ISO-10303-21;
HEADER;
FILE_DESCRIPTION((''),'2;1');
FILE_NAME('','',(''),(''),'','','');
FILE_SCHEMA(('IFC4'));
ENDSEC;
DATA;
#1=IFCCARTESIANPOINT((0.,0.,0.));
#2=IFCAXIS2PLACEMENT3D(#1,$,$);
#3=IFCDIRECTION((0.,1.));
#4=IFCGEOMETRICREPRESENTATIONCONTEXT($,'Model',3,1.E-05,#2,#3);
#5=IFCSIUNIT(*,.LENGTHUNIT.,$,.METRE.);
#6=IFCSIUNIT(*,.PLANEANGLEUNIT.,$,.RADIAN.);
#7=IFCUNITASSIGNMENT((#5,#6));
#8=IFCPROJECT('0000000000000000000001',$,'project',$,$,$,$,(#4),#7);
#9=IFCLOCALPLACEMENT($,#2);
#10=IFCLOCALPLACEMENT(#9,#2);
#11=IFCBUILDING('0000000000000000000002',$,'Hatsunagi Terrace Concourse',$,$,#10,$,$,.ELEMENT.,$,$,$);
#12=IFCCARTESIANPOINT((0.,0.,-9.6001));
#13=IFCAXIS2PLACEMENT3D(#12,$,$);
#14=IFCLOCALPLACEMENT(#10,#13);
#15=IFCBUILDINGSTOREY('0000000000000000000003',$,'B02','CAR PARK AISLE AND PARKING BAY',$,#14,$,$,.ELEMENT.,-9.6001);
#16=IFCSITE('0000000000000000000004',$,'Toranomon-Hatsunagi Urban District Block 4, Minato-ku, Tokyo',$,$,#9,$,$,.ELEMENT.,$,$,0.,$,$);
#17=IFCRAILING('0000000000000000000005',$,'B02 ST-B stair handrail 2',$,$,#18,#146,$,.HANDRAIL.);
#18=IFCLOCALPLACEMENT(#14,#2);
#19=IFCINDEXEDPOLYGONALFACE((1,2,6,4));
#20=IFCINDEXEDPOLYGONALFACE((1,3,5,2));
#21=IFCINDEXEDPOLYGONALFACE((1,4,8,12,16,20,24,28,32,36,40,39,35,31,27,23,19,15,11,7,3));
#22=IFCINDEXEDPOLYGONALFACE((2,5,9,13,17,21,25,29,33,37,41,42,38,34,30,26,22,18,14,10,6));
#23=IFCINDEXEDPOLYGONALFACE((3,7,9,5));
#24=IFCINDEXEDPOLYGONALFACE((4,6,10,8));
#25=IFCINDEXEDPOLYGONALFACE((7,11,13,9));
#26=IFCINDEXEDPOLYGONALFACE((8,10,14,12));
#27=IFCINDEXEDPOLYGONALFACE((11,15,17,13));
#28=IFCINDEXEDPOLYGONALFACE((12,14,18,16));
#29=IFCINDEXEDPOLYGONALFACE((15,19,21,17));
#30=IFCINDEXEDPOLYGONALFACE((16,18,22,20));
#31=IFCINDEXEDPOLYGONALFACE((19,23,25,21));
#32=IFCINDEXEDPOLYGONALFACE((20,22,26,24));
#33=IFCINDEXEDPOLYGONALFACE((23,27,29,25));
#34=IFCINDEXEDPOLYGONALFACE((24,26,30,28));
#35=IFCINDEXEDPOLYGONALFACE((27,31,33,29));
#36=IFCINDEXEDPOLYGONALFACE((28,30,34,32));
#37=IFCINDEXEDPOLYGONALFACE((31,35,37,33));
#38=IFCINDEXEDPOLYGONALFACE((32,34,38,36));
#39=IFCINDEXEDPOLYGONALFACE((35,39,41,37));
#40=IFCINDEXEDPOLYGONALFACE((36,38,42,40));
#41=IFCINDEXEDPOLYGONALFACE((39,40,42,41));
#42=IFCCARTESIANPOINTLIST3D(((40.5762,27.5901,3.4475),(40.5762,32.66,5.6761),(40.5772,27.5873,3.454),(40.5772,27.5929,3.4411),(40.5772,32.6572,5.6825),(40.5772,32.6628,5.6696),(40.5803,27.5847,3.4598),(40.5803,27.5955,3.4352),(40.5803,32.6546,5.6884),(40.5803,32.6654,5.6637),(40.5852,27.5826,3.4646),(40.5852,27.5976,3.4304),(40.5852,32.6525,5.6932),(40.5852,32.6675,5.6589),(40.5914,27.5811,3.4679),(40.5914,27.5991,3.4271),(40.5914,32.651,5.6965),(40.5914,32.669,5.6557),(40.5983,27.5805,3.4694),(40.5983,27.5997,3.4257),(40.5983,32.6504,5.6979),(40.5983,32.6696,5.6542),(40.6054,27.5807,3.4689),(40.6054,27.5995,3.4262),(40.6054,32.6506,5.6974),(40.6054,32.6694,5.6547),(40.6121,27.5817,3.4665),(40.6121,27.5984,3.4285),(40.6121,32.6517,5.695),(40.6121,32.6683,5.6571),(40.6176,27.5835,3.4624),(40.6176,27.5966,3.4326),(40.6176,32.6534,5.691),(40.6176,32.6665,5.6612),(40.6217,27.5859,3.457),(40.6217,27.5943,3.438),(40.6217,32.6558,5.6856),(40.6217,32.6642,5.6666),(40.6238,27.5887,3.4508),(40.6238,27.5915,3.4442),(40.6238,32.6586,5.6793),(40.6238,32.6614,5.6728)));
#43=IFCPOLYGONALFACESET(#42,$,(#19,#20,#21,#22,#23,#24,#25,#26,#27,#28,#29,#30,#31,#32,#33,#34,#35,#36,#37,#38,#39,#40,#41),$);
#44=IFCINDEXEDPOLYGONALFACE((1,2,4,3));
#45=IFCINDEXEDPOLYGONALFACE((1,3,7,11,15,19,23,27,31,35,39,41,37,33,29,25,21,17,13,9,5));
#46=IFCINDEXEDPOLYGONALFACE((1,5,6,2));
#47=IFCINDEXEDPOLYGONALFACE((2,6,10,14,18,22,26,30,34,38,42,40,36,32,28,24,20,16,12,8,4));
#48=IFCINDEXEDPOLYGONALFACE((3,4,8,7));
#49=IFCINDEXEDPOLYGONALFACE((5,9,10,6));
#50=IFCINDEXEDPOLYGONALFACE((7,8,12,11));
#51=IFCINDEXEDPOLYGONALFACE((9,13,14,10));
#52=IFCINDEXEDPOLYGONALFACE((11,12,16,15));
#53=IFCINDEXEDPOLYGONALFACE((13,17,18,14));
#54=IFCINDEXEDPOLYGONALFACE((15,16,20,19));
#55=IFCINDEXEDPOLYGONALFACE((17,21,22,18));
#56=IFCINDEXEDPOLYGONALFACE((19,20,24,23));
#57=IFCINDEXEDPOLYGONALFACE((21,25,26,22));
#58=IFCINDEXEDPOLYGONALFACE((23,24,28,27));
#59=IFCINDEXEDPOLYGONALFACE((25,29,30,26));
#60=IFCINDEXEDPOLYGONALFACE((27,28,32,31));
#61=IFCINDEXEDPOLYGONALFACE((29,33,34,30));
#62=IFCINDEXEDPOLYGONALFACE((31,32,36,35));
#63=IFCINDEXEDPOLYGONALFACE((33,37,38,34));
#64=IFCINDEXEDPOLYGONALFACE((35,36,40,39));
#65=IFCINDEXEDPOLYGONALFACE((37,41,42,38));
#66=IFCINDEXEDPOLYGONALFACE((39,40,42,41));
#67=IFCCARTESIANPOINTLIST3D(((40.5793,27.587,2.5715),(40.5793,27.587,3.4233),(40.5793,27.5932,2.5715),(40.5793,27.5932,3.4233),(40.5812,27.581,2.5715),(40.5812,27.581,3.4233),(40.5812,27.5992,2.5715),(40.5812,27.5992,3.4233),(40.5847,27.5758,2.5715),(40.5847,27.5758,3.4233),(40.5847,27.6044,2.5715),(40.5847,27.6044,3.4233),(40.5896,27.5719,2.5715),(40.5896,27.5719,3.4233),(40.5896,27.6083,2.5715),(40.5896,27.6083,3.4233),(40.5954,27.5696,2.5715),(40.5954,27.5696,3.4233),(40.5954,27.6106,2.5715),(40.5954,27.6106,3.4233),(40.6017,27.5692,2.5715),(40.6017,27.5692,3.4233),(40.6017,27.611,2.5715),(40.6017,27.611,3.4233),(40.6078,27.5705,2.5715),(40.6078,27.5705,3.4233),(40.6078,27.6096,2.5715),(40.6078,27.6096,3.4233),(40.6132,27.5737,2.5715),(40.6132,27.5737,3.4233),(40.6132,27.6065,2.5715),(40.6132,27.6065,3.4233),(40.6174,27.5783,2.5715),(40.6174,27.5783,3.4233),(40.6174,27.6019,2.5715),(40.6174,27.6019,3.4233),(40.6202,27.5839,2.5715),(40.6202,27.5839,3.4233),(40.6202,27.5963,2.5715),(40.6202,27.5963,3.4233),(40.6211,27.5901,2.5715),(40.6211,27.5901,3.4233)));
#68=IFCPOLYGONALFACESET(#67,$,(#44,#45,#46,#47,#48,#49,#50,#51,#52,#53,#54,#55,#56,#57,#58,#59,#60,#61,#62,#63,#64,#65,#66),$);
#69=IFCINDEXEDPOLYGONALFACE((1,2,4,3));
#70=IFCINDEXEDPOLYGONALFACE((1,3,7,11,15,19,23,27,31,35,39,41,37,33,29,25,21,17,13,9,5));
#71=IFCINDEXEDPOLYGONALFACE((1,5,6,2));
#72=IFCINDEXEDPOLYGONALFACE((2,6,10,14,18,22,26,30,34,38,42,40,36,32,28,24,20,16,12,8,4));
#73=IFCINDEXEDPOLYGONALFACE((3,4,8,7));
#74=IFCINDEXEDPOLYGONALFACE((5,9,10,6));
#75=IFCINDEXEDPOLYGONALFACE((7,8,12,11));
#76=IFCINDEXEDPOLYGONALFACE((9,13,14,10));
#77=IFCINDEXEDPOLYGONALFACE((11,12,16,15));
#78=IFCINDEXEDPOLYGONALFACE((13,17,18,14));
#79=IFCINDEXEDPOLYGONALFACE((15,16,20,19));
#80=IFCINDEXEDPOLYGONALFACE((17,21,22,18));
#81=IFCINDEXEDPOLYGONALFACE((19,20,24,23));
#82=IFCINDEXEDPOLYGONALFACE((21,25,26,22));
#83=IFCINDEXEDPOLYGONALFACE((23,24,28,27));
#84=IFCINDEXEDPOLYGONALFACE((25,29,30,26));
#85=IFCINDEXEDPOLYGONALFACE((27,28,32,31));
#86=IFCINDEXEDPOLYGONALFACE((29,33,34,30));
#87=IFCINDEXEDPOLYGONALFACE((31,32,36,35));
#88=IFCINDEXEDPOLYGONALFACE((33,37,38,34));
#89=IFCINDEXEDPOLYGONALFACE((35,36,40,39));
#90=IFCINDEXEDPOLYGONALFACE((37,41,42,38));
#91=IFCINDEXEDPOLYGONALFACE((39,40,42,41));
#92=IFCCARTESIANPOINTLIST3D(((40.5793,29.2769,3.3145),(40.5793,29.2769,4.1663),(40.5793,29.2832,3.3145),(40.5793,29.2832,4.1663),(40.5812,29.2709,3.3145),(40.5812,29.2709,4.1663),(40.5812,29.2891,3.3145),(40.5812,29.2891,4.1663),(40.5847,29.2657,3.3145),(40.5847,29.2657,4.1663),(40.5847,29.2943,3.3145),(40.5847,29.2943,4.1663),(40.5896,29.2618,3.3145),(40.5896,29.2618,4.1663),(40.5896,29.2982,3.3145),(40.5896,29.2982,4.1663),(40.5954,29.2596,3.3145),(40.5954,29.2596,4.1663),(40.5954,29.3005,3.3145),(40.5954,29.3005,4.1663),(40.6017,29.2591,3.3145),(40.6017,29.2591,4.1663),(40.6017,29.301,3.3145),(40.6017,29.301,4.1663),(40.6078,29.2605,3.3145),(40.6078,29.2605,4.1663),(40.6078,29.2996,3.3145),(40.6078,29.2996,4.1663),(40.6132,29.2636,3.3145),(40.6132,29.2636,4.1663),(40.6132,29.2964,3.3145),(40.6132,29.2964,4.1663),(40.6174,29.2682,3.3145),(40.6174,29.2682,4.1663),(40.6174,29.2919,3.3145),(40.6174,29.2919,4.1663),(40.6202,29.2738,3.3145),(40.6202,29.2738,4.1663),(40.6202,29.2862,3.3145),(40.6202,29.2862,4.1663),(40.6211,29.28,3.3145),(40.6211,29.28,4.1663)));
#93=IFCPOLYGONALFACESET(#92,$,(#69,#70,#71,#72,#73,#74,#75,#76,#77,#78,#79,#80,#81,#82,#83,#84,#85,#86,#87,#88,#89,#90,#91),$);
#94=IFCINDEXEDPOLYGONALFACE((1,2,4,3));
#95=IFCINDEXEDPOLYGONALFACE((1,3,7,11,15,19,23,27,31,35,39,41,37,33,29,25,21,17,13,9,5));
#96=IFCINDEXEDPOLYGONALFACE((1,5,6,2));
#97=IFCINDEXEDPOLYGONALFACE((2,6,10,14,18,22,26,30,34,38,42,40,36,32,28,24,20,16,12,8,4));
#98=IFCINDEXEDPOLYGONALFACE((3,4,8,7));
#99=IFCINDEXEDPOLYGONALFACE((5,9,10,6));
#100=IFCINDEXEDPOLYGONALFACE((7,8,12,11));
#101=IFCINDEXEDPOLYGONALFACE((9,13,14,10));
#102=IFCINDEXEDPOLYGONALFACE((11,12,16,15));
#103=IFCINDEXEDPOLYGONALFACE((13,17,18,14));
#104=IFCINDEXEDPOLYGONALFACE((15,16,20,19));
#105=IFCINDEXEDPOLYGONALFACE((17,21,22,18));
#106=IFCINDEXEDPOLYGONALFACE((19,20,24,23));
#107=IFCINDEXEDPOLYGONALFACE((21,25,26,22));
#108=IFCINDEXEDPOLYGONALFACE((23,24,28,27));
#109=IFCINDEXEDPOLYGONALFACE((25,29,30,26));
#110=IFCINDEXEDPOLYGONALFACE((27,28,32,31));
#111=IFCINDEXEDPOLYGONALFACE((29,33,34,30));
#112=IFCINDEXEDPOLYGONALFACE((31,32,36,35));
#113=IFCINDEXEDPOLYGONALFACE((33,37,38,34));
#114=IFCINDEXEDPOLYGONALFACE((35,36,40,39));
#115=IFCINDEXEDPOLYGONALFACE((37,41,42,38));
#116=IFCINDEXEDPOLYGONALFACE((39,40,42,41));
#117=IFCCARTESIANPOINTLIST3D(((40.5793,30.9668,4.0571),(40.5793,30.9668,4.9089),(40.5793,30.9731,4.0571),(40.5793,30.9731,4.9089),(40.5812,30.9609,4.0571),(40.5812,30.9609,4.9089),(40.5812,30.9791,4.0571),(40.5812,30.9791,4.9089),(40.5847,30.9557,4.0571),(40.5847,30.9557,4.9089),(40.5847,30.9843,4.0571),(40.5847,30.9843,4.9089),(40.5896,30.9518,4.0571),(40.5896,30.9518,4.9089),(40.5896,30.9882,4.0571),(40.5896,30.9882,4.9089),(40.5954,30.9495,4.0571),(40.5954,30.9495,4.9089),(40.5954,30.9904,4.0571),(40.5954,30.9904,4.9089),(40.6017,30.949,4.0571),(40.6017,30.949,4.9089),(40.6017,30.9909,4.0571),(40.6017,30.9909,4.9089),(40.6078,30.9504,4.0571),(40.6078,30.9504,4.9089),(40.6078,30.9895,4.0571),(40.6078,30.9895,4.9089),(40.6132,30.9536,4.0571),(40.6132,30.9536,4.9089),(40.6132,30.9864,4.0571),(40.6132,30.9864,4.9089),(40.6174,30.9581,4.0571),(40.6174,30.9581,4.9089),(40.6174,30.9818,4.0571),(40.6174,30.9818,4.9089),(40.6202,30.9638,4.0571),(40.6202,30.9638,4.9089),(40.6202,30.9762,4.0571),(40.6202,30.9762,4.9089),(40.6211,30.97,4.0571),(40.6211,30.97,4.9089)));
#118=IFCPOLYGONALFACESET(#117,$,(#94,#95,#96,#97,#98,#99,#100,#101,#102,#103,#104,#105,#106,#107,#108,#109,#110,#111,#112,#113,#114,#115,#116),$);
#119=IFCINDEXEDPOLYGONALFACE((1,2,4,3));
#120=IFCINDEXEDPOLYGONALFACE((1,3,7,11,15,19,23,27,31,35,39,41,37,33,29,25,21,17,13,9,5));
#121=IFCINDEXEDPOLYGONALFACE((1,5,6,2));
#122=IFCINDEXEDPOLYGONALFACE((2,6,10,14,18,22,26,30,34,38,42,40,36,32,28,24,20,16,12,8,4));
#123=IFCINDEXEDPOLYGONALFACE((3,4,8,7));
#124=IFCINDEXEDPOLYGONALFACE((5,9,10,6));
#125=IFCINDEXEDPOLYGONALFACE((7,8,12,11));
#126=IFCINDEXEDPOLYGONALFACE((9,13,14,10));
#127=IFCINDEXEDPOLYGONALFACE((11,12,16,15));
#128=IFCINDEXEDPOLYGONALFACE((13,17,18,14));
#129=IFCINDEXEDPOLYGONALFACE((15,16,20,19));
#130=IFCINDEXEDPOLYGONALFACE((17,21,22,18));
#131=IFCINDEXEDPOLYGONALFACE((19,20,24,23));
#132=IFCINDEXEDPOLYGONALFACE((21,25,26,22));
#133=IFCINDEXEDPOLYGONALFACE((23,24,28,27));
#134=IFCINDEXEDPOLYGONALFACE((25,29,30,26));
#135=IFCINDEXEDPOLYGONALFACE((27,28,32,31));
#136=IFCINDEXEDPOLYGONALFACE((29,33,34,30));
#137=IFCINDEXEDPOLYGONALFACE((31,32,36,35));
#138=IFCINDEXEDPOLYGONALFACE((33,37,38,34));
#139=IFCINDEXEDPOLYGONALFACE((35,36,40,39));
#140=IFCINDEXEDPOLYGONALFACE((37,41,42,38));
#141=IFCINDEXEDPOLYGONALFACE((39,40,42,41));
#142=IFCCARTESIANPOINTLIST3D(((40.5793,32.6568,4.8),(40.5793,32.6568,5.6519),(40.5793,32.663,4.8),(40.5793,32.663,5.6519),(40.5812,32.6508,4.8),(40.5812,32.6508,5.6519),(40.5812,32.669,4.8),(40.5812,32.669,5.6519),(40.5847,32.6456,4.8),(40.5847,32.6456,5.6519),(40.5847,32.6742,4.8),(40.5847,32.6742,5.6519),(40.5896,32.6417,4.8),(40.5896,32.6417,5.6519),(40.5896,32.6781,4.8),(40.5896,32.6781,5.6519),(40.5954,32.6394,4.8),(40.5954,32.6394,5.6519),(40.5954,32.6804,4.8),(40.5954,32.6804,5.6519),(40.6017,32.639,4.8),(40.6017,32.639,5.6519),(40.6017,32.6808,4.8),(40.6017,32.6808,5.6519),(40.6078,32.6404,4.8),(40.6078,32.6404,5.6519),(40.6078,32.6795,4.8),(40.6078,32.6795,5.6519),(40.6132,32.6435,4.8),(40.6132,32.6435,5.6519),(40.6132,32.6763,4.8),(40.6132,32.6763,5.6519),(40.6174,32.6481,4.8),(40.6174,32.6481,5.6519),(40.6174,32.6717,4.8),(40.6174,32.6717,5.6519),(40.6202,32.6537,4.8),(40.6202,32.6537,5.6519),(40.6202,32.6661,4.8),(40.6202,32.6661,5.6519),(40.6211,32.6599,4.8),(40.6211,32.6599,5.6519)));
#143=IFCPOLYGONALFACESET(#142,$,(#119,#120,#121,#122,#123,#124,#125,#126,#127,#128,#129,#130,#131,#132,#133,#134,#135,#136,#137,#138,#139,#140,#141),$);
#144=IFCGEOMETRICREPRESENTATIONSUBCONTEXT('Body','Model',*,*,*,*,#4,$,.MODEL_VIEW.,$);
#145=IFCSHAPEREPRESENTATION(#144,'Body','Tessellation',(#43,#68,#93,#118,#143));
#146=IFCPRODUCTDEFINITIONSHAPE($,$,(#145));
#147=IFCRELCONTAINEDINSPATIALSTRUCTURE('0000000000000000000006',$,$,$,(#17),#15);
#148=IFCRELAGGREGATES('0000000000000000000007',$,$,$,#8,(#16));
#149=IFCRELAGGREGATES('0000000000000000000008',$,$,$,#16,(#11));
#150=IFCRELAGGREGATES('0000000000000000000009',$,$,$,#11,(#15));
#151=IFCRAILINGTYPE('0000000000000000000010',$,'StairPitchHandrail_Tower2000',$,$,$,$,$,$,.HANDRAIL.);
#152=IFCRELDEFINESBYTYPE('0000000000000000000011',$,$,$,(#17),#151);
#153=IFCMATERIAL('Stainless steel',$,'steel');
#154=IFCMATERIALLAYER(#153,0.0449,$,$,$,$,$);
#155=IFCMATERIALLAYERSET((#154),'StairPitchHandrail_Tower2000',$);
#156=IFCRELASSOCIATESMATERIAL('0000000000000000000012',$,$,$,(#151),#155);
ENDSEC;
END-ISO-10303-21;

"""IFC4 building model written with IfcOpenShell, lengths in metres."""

from ifc_helpers import new_model, si_unit, direction, frame, origin, origin_2d, place, context, subcontext, project, spatial, circle, extrude, material, layer, layer_set, type_object, element, save


model = new_model("IFC4")

# Units and contexts
model_context = context("Model", 3, precision=1e-05, world=origin(), true_north=direction((0.0, 1.0)))
body_context = subcontext(model_context, "Body", "Model", "MODEL_VIEW")
ifc_project = project(units=[si_unit("LENGTHUNIT", "METRE"), si_unit("PLANEANGLEUNIT", "RADIAN")], contexts=[model_context])

# Site, building, storey
site_placement = place(None, origin())
site = spatial("IfcSite", under=ifc_project, at=site_placement, Name="Toranomon-Hatsunagi Urban District Block 4, Minato-ku, Tokyo", CompositionType="ELEMENT", RefElevation=0.0)
building_placement = place(site_placement, origin())
building = spatial("IfcBuilding", under=site, at=building_placement, Name="Hatsunagi Terrace Concourse", CompositionType="ELEMENT")
storey_placement = place(building_placement, frame((0.0, 0.0, -9.6001)))
storey = spatial("IfcBuildingStorey", under=building, at=storey_placement, Name="B02", Description="CAR PARK AISLE AND PARKING BAY", CompositionType="ELEMENT", Elevation=-9.6001)

# Railing
ifc_material_1 = material(Name="Stainless steel", Category="steel")
ifc_layer_1 = layer(ifc_material_1, 0.0449)
ifc_layer_set_1 = layer_set([ifc_layer_1], Name="StairPitchHandrail_Tower2000")
railing_type_1 = type_object("IfcRailingType", Name="StairPitchHandrail_Tower2000", PredefinedType="HANDRAIL", material=ifc_layer_set_1)
railing_1_placement = place(storey_placement, frame((40.6001, 27.5901, 2.5715)))
element("IfcRailing", 1, at=railing_1_placement, inside=storey, type_object=railing_type_1, Name="B02 ST-B stair handrail 2", PredefinedType="HANDRAIL", context=body_context, shape_type="SweptSolid", body=[
    extrude(circle(Radius=0.0239, at=origin_2d()), frame((0.0, 0.0, 0.876), z_axis=(0.0, 0.915462, 0.402405), x_axis=(-1.0, 0.0, 0.0)), (0.0, 0.0, 1.0), 5.5381),
    extrude(circle(Radius=0.021, at=origin_2d()), origin(), (0.0, 0.0, 1.0), 0.8518),
    extrude(circle(Radius=0.021, at=origin_2d()), frame((0.0, 1.6899, 0.7429)), (0.0, 0.0, 1.0), 0.8518),
    extrude(circle(Radius=0.021, at=origin_2d()), frame((0.0, 3.3799, 1.4856)), (0.0, 0.0, 1.0), 0.8518),
    extrude(circle(Radius=0.021, at=origin_2d()), frame((0.0, 5.0698, 2.2285)), (0.0, 0.0, 1.0), 0.8518),
])

save(model, "model.ifc")
